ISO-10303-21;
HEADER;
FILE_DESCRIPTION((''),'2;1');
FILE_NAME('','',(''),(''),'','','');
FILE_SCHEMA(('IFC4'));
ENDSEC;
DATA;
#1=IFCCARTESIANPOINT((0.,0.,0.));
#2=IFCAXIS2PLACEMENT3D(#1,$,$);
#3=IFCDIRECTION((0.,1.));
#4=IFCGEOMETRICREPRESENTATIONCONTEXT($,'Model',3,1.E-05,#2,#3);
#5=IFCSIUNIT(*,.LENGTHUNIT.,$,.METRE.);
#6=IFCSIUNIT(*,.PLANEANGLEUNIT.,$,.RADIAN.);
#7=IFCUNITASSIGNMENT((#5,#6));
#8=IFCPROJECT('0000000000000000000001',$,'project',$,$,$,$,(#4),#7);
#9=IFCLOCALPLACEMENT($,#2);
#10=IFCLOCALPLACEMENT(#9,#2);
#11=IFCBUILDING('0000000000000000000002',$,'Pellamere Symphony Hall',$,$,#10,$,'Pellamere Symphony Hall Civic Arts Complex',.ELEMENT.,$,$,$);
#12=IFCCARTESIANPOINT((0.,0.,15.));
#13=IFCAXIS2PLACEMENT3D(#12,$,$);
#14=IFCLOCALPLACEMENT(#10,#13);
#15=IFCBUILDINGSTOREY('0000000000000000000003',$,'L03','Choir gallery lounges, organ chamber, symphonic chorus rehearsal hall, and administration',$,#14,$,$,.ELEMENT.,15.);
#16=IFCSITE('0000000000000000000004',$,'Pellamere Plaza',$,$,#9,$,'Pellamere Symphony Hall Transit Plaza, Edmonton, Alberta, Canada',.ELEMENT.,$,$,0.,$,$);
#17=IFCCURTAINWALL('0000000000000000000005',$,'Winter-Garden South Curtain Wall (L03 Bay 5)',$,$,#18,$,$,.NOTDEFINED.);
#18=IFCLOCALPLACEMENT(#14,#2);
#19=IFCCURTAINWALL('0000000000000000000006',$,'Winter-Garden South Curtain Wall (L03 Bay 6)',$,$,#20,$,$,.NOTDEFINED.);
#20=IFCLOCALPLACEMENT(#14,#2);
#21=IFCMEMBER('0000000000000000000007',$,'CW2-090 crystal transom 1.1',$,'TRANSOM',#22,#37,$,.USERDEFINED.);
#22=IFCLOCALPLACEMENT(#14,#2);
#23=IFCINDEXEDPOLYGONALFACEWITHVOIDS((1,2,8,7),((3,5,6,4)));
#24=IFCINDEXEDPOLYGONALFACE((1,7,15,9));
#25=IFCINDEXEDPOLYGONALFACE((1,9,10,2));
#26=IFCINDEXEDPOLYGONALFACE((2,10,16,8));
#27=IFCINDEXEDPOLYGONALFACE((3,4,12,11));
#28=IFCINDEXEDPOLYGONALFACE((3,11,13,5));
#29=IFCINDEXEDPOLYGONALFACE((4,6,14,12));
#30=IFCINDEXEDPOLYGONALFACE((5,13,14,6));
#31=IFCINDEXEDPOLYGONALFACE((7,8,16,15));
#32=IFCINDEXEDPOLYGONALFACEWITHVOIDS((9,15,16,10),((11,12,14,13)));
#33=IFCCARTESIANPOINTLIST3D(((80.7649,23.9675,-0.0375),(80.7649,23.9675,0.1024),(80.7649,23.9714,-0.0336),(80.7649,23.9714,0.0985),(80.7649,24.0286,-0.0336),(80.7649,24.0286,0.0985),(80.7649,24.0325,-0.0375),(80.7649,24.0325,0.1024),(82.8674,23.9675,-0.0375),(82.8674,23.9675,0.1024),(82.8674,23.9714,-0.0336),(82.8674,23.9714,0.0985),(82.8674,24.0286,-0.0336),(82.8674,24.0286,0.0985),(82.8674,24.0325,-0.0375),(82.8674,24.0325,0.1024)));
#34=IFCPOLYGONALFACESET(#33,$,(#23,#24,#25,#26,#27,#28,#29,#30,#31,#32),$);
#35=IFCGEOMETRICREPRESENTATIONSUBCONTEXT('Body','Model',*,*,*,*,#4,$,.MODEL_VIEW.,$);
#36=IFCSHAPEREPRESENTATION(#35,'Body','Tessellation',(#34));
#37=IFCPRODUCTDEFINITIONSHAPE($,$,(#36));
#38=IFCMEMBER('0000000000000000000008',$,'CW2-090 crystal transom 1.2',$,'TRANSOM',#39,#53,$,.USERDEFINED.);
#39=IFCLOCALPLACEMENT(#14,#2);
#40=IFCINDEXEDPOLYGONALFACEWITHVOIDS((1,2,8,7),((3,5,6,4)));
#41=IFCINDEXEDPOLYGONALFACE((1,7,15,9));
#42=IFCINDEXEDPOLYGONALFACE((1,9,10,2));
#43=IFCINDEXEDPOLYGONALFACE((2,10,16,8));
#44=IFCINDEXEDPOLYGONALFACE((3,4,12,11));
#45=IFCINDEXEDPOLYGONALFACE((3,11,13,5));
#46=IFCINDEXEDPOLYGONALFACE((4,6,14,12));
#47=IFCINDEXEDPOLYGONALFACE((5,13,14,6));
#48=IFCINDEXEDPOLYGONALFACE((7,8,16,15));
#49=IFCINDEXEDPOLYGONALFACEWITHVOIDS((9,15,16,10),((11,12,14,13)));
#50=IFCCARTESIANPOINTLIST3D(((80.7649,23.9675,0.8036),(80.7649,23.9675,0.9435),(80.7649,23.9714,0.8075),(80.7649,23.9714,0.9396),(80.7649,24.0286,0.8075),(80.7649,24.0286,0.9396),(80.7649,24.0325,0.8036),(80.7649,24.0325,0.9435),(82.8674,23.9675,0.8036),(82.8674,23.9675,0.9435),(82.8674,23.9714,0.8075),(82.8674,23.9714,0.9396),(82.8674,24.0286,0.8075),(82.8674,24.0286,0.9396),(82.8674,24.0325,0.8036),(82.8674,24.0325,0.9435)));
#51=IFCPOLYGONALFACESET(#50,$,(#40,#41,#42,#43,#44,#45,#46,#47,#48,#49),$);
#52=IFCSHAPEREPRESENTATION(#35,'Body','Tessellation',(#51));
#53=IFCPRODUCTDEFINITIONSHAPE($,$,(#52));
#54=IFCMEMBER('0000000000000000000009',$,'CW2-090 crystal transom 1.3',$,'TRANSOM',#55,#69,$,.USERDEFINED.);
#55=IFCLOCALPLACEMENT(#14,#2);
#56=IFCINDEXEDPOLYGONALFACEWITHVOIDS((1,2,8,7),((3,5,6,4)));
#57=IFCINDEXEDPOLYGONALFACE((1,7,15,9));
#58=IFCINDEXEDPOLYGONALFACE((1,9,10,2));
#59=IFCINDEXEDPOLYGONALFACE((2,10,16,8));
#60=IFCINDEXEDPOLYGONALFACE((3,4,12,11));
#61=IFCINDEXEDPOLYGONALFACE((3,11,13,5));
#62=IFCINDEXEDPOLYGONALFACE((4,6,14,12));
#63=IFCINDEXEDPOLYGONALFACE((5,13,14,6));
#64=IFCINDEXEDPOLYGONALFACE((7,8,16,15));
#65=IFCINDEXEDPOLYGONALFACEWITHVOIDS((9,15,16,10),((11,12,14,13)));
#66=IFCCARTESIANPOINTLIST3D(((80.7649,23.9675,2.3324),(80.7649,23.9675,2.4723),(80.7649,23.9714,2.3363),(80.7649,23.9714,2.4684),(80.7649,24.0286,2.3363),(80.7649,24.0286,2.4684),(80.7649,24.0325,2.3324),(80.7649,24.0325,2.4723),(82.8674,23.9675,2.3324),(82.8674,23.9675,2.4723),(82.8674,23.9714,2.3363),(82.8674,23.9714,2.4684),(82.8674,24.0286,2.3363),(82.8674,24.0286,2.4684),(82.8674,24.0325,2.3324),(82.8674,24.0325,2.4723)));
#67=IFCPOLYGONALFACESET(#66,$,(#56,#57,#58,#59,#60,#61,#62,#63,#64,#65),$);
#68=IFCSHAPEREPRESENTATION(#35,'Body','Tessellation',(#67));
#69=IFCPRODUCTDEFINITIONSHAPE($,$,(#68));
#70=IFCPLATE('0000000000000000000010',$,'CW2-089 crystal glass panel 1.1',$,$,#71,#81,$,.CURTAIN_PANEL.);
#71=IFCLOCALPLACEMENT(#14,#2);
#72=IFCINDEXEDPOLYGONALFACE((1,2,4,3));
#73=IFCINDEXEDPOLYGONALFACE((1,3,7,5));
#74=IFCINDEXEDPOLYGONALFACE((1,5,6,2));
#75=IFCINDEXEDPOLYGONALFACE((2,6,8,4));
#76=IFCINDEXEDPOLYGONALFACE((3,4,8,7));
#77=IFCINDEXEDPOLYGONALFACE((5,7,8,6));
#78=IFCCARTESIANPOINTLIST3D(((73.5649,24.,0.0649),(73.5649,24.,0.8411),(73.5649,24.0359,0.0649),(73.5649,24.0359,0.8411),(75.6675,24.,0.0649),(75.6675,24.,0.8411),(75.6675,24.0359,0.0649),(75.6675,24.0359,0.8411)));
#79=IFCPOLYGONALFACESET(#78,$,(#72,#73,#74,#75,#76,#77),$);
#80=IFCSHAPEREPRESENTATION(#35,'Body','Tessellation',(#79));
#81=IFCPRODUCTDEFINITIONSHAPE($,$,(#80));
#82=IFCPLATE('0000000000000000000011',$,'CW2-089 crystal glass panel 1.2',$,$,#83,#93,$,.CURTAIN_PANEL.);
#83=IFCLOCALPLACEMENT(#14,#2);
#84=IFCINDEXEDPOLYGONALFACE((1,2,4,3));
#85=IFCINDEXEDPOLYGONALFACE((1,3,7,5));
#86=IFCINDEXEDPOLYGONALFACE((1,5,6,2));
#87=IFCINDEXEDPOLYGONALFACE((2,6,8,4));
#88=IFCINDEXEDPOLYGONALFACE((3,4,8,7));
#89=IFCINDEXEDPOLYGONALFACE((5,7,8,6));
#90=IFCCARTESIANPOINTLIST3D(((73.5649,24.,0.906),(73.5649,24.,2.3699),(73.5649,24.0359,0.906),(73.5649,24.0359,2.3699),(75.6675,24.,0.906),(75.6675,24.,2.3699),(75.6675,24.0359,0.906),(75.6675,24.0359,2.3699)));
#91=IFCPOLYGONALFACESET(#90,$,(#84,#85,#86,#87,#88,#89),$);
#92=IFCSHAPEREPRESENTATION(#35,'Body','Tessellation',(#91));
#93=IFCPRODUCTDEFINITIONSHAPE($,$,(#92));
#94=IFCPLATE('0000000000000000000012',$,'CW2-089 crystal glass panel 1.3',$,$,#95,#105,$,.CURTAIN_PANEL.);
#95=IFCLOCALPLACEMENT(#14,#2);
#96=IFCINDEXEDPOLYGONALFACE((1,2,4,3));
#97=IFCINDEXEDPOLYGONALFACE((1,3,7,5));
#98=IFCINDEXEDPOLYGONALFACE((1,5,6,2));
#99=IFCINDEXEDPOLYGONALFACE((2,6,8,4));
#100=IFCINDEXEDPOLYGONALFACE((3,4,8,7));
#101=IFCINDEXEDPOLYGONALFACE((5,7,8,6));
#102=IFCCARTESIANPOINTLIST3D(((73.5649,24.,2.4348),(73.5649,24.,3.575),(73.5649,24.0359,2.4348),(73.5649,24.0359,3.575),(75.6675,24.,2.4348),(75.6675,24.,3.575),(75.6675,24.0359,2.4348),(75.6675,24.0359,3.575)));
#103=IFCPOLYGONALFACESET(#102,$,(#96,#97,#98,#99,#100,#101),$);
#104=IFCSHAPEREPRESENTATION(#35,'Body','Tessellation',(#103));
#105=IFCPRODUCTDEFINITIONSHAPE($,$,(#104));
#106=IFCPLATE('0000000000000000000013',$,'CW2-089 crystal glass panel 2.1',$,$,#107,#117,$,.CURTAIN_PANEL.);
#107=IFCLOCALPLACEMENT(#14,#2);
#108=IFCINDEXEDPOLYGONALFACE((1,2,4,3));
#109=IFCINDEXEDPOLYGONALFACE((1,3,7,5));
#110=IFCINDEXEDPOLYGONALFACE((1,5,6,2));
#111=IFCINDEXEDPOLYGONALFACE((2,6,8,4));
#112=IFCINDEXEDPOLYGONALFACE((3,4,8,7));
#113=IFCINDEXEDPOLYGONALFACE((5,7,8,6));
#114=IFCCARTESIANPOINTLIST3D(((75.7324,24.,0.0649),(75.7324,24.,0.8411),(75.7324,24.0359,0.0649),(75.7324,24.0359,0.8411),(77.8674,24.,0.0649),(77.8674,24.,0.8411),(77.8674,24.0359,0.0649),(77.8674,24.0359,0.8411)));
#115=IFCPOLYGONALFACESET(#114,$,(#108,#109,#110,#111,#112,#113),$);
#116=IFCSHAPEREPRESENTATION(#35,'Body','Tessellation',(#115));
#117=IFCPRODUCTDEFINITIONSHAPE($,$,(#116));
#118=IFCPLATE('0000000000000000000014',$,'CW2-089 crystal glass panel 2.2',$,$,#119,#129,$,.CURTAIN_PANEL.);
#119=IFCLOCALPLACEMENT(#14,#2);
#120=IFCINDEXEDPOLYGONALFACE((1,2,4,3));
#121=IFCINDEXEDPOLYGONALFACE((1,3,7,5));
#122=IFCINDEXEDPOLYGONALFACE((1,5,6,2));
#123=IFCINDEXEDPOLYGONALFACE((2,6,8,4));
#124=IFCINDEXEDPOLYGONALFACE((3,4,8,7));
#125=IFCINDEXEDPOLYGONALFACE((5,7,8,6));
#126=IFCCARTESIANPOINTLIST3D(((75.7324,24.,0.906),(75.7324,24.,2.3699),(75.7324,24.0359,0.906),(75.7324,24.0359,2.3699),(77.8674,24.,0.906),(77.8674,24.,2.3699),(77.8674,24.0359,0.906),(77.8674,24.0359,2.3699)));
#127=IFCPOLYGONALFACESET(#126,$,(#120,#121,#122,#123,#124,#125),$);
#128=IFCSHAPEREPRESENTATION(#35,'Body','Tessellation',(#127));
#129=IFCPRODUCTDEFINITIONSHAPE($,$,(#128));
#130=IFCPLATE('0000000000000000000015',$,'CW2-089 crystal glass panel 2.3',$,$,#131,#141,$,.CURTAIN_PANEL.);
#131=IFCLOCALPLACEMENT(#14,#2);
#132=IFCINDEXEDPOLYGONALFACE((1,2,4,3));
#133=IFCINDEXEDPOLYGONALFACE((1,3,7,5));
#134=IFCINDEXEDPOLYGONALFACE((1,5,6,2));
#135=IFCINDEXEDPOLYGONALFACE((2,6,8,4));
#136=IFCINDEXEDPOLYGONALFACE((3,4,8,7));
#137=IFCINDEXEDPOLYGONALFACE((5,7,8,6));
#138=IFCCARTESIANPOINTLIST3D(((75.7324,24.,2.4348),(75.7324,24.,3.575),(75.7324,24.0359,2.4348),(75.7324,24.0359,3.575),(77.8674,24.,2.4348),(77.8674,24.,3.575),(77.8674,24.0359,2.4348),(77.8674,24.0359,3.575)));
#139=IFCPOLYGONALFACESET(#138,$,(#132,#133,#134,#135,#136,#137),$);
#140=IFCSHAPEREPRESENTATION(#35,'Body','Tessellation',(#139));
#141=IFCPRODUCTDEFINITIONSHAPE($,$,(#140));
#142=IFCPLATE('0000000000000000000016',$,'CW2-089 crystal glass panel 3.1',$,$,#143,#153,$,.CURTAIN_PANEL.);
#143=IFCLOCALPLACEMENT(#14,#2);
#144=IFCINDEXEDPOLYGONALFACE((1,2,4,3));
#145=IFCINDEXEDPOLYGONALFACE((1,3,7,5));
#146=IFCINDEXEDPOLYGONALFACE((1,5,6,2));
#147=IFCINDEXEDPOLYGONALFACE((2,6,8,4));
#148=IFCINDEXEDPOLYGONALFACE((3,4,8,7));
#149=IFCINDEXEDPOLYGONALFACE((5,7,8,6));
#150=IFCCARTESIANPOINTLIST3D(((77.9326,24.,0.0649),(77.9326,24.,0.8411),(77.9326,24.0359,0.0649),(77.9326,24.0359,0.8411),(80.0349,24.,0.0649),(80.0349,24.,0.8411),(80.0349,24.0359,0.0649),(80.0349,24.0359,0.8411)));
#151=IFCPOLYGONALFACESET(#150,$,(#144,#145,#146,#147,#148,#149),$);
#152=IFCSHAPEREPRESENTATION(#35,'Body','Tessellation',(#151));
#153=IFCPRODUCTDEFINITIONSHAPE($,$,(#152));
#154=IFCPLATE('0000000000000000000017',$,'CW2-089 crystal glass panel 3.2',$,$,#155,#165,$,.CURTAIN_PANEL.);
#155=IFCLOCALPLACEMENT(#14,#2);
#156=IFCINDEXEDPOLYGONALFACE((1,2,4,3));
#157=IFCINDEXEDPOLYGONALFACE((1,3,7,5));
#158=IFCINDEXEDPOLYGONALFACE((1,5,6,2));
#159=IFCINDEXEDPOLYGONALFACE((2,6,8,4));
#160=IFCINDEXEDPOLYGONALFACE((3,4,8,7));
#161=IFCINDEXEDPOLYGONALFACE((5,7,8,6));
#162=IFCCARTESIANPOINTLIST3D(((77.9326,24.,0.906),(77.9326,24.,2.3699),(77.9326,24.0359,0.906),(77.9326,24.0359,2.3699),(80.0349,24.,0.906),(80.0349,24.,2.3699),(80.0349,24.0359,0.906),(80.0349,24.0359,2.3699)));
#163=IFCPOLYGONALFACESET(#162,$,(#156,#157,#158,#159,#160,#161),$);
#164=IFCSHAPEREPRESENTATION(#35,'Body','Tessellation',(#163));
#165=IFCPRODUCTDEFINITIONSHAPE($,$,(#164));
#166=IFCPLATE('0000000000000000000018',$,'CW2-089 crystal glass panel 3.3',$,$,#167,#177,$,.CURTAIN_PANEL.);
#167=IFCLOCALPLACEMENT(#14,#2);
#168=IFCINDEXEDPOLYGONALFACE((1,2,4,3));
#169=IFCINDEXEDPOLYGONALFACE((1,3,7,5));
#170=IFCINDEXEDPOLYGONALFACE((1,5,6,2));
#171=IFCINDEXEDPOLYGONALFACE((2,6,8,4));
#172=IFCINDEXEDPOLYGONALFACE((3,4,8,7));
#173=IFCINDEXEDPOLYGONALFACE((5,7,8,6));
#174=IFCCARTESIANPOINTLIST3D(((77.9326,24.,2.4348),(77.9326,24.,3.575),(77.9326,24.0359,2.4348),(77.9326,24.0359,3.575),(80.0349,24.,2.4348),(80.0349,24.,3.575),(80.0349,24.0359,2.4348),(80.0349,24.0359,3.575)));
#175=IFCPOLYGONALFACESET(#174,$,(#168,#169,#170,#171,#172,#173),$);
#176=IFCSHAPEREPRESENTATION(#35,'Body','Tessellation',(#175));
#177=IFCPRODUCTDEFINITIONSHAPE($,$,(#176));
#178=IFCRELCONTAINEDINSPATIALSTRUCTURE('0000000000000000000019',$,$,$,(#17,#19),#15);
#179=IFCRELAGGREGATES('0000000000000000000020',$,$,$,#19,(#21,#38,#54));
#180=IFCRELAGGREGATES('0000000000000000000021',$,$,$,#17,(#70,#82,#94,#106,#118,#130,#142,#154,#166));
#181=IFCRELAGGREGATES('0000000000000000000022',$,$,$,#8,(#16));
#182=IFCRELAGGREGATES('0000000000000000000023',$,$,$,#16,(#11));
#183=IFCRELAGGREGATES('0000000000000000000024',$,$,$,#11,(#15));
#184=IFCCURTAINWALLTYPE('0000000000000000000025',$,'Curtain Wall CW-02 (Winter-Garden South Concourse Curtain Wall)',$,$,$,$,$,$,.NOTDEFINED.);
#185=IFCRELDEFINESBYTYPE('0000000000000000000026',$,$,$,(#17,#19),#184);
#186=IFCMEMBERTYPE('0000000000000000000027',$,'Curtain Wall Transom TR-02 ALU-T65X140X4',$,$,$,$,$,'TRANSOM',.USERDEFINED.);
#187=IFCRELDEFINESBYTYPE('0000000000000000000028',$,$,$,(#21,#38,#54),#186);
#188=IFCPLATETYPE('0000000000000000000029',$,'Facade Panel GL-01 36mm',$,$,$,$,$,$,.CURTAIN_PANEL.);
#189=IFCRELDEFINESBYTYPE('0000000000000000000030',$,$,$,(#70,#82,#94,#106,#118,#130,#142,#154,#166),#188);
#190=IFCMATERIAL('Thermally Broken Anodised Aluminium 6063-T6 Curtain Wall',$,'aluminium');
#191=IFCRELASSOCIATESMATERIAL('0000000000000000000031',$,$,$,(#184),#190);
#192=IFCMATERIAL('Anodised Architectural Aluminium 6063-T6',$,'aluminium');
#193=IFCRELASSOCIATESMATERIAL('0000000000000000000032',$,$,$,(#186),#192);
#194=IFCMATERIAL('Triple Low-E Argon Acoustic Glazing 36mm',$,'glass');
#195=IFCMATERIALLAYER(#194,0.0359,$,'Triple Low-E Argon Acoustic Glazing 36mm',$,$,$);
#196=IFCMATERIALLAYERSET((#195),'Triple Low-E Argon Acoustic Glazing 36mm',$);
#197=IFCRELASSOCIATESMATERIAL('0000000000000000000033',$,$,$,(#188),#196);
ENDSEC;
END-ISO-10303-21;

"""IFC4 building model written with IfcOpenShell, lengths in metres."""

from ifc_helpers import new_model, si_unit, direction, frame, origin, origin_2d, place, context, subcontext, project, spatial, polyline, hollow_rectangle, outline, extrude, material, layer, layer_set, material_profile, profile_set, type_object, element, aggregate, save


model = new_model("IFC4")

# Units and contexts
model_context = context("Model", 3, precision=1e-05, world=origin(), true_north=direction((0.0, 1.0)))
body_context = subcontext(model_context, "Body", "Model", "MODEL_VIEW")
ifc_project = project(units=[si_unit("LENGTHUNIT", "METRE"), si_unit("PLANEANGLEUNIT", "RADIAN")], contexts=[model_context])

# Site, building, storey
site_placement = place(None, origin())
site = spatial("IfcSite", under=ifc_project, at=site_placement, Name="Pellamere Plaza", LongName="Pellamere Symphony Hall Transit Plaza, Edmonton, Alberta, Canada", CompositionType="ELEMENT", RefElevation=0.0)
building_placement = place(site_placement, origin())
building = spatial("IfcBuilding", under=site, at=building_placement, Name="Pellamere Symphony Hall", LongName="Pellamere Symphony Hall Civic Arts Complex", CompositionType="ELEMENT")
storey_placement = place(building_placement, frame((0.0, 0.0, 15.0)))
storey = spatial("IfcBuildingStorey", under=building, at=storey_placement, Name="L03", Description="Choir gallery lounges, organ chamber, symphonic chorus rehearsal hall, and administration", CompositionType="ELEMENT", Elevation=15.0)

# Curtain wall
ifc_material_1 = material(Name="Thermally Broken Anodised Aluminium 6063-T6 Curtain Wall", Category="aluminium")
curtain_wall_type = type_object("IfcCurtainWallType", Name="Curtain Wall CW-02 (Winter-Garden South Concourse Curtain Wall)", PredefinedType="NOTDEFINED", material=ifc_material_1)
curtain_wall_1_placement = place(storey_placement, origin())
curtain_wall_1 = element("IfcCurtainWall", 1, at=curtain_wall_1_placement, inside=storey, type_object=curtain_wall_type, Name="Winter-Garden South Curtain Wall (L03 Bay 5)", PredefinedType="NOTDEFINED")
ifc_material_2 = material(Name="Anodised Architectural Aluminium 6063-T6", Category="aluminium")

# Curtain wall
curtain_wall_2_placement = place(storey_placement, origin())
curtain_wall_2 = element("IfcCurtainWall", 2, at=curtain_wall_2_placement, inside=storey, type_object=curtain_wall_type, Name="Winter-Garden South Curtain Wall (L03 Bay 6)", PredefinedType="NOTDEFINED")

# Members
ifc_material_profile_1 = material_profile(ifc_material_2, hollow_rectangle(XDim=0.0649, YDim=0.1399, WallThickness=0.0039, at=origin_2d()), Name="ALU-T65X140X4")
ifc_profile_set_1 = profile_set([ifc_material_profile_1], Name="Anodised Architectural Aluminium 6063-T6")
member_type_1 = type_object("IfcMemberType", Name="Curtain Wall Transom TR-02 ALU-T65X140X4", ElementType="TRANSOM", PredefinedType="USERDEFINED", material=ifc_profile_set_1)
member_1_placement = place(storey_placement, frame((80.7649, 24.0, 0.0325), z_axis=(1.0, 0.0, 0.0), x_axis=(0.0, 1.0, 0.0)))
member_1 = element("IfcMember", 3, at=member_1_placement, type_object=member_type_1, Name="CW2-090 crystal transom 1.1", ObjectType="TRANSOM", PredefinedType="USERDEFINED", context=body_context, shape_type="SweptSolid", body=[
    extrude(hollow_rectangle(XDim=0.0649, YDim=0.1399, WallThickness=0.0039, at=origin_2d()), origin(), (0.0, 0.0, 1.0), 2.1025),
])
member_2_placement = place(storey_placement, frame((80.7649, 24.0, 0.8735), z_axis=(1.0, 0.0, 0.0), x_axis=(0.0, 1.0, 0.0)))
member_2 = element("IfcMember", 4, at=member_2_placement, type_object=member_type_1, Name="CW2-090 crystal transom 1.2", ObjectType="TRANSOM", PredefinedType="USERDEFINED", context=body_context, shape_type="SweptSolid", body=[
    extrude(hollow_rectangle(XDim=0.0649, YDim=0.1399, WallThickness=0.0039, at=origin_2d()), origin(), (0.0, 0.0, 1.0), 2.1025),
])
member_3_placement = place(storey_placement, frame((80.7649, 24.0, 2.4023), z_axis=(1.0, 0.0, 0.0), x_axis=(0.0, 1.0, 0.0)))
member_3 = element("IfcMember", 5, at=member_3_placement, type_object=member_type_1, Name="CW2-090 crystal transom 1.3", ObjectType="TRANSOM", PredefinedType="USERDEFINED", context=body_context, shape_type="SweptSolid", body=[
    extrude(hollow_rectangle(XDim=0.0649, YDim=0.1399, WallThickness=0.0039, at=origin_2d()), origin(), (0.0, 0.0, 1.0), 2.1025),
])
aggregate(curtain_wall_2, [member_1, member_2, member_3])

# Plates
ifc_material_3 = material(Name="Triple Low-E Argon Acoustic Glazing 36mm", Category="glass")
ifc_layer = layer(ifc_material_3, 0.0359, Name="Triple Low-E Argon Acoustic Glazing 36mm")
ifc_layer_set = layer_set([ifc_layer], Name="Triple Low-E Argon Acoustic Glazing 36mm")
plate_type = type_object("IfcPlateType", Name="Facade Panel GL-01 36mm", PredefinedType="CURTAIN_PANEL", material=ifc_layer_set)
plate_1_placement = place(storey_placement, frame((73.5649, 24.0, 0.0649), z_axis=(0.0, -1.0, 0.0), x_axis=(1.0, 0.0, 0.0)))
plate_1 = element("IfcPlate", 6, at=plate_1_placement, type_object=plate_type, Name="CW2-089 crystal glass panel 1.1", PredefinedType="CURTAIN_PANEL", context=body_context, shape_type="SweptSolid", body=[
    extrude(outline(polyline([(0.0, 0.0), (2.1025, 0.0), (2.1025, 0.7761), (0.0, 0.7761), (0.0, 0.0)])), origin(), (0.0, 0.0, -1.0), 0.0359),
])
plate_2_placement = place(storey_placement, frame((73.5649, 24.0, 0.906), z_axis=(0.0, -1.0, 0.0), x_axis=(1.0, 0.0, 0.0)))
plate_2 = element("IfcPlate", 7, at=plate_2_placement, type_object=plate_type, Name="CW2-089 crystal glass panel 1.2", PredefinedType="CURTAIN_PANEL", context=body_context, shape_type="SweptSolid", body=[
    extrude(outline(polyline([(0.0, 0.0), (2.1025, 0.0), (2.1025, 1.4639), (0.0, 1.4639), (0.0, 0.0)])), origin(), (0.0, 0.0, -1.0), 0.0359),
])
plate_3_placement = place(storey_placement, frame((73.5649, 24.0, 2.4348), z_axis=(0.0, -1.0, 0.0), x_axis=(1.0, 0.0, 0.0)))
plate_3 = element("IfcPlate", 8, at=plate_3_placement, type_object=plate_type, Name="CW2-089 crystal glass panel 1.3", PredefinedType="CURTAIN_PANEL", context=body_context, shape_type="SweptSolid", body=[
    extrude(outline(polyline([(0.0, 0.0), (2.1025, 0.0), (2.1025, 1.1401), (0.0, 1.1401), (0.0, 0.0)])), origin(), (0.0, 0.0, -1.0), 0.0359),
])
plate_4_placement = place(storey_placement, frame((75.7324, 24.0, 0.0649), z_axis=(0.0, -1.0, 0.0), x_axis=(1.0, 0.0, 0.0)))
plate_4 = element("IfcPlate", 9, at=plate_4_placement, type_object=plate_type, Name="CW2-089 crystal glass panel 2.1", PredefinedType="CURTAIN_PANEL", context=body_context, shape_type="SweptSolid", body=[
    extrude(outline(polyline([(0.0, 0.0), (2.135, 0.0), (2.135, 0.7761), (0.0, 0.7761), (0.0, 0.0)])), origin(), (0.0, 0.0, -1.0), 0.0359),
])
plate_5_placement = place(storey_placement, frame((75.7324, 24.0, 0.906), z_axis=(0.0, -1.0, 0.0), x_axis=(1.0, 0.0, 0.0)))
plate_5 = element("IfcPlate", 10, at=plate_5_placement, type_object=plate_type, Name="CW2-089 crystal glass panel 2.2", PredefinedType="CURTAIN_PANEL", context=body_context, shape_type="SweptSolid", body=[
    extrude(outline(polyline([(0.0, 0.0), (2.135, 0.0), (2.135, 1.4639), (0.0, 1.4639), (0.0, 0.0)])), origin(), (0.0, 0.0, -1.0), 0.0359),
])
plate_6_placement = place(storey_placement, frame((75.7324, 24.0, 2.4348), z_axis=(0.0, -1.0, 0.0), x_axis=(1.0, 0.0, 0.0)))
plate_6 = element("IfcPlate", 11, at=plate_6_placement, type_object=plate_type, Name="CW2-089 crystal glass panel 2.3", PredefinedType="CURTAIN_PANEL", context=body_context, shape_type="SweptSolid", body=[
    extrude(outline(polyline([(0.0, 0.0), (2.135, 0.0), (2.135, 1.1401), (0.0, 1.1401), (0.0, 0.0)])), origin(), (0.0, 0.0, -1.0), 0.0359),
])
plate_7_placement = place(storey_placement, frame((77.9326, 24.0, 0.0649), z_axis=(0.0, -1.0, 0.0), x_axis=(1.0, 0.0, 0.0)))
plate_7 = element("IfcPlate", 12, at=plate_7_placement, type_object=plate_type, Name="CW2-089 crystal glass panel 3.1", PredefinedType="CURTAIN_PANEL", context=body_context, shape_type="SweptSolid", body=[
    extrude(outline(polyline([(0.0, 0.0), (2.1023, 0.0), (2.1023, 0.7761), (0.0, 0.7761), (0.0, 0.0)])), origin(), (0.0, 0.0, -1.0), 0.0359),
])
plate_8_placement = place(storey_placement, frame((77.9326, 24.0, 0.906), z_axis=(0.0, -1.0, 0.0), x_axis=(1.0, 0.0, 0.0)))
plate_8 = element("IfcPlate", 13, at=plate_8_placement, type_object=plate_type, Name="CW2-089 crystal glass panel 3.2", PredefinedType="CURTAIN_PANEL", context=body_context, shape_type="SweptSolid", body=[
    extrude(outline(polyline([(0.0, 0.0), (2.1023, 0.0), (2.1023, 1.4639), (0.0, 1.4639), (0.0, 0.0)])), origin(), (0.0, 0.0, -1.0), 0.0359),
])
plate_9_placement = place(storey_placement, frame((77.9326, 24.0, 2.4348), z_axis=(0.0, -1.0, 0.0), x_axis=(1.0, 0.0, 0.0)))
plate_9 = element("IfcPlate", 14, at=plate_9_placement, type_object=plate_type, Name="CW2-089 crystal glass panel 3.3", PredefinedType="CURTAIN_PANEL", context=body_context, shape_type="SweptSolid", body=[
    extrude(outline(polyline([(0.0, 0.0), (2.1023, 0.0), (2.1023, 1.1401), (0.0, 1.1401), (0.0, 0.0)])), origin(), (0.0, 0.0, -1.0), 0.0359),
])
aggregate(curtain_wall_1, [plate_1, plate_2, plate_3, plate_4, plate_5, plate_6, plate_7, plate_8, plate_9])

save(model, "model.ifc")
